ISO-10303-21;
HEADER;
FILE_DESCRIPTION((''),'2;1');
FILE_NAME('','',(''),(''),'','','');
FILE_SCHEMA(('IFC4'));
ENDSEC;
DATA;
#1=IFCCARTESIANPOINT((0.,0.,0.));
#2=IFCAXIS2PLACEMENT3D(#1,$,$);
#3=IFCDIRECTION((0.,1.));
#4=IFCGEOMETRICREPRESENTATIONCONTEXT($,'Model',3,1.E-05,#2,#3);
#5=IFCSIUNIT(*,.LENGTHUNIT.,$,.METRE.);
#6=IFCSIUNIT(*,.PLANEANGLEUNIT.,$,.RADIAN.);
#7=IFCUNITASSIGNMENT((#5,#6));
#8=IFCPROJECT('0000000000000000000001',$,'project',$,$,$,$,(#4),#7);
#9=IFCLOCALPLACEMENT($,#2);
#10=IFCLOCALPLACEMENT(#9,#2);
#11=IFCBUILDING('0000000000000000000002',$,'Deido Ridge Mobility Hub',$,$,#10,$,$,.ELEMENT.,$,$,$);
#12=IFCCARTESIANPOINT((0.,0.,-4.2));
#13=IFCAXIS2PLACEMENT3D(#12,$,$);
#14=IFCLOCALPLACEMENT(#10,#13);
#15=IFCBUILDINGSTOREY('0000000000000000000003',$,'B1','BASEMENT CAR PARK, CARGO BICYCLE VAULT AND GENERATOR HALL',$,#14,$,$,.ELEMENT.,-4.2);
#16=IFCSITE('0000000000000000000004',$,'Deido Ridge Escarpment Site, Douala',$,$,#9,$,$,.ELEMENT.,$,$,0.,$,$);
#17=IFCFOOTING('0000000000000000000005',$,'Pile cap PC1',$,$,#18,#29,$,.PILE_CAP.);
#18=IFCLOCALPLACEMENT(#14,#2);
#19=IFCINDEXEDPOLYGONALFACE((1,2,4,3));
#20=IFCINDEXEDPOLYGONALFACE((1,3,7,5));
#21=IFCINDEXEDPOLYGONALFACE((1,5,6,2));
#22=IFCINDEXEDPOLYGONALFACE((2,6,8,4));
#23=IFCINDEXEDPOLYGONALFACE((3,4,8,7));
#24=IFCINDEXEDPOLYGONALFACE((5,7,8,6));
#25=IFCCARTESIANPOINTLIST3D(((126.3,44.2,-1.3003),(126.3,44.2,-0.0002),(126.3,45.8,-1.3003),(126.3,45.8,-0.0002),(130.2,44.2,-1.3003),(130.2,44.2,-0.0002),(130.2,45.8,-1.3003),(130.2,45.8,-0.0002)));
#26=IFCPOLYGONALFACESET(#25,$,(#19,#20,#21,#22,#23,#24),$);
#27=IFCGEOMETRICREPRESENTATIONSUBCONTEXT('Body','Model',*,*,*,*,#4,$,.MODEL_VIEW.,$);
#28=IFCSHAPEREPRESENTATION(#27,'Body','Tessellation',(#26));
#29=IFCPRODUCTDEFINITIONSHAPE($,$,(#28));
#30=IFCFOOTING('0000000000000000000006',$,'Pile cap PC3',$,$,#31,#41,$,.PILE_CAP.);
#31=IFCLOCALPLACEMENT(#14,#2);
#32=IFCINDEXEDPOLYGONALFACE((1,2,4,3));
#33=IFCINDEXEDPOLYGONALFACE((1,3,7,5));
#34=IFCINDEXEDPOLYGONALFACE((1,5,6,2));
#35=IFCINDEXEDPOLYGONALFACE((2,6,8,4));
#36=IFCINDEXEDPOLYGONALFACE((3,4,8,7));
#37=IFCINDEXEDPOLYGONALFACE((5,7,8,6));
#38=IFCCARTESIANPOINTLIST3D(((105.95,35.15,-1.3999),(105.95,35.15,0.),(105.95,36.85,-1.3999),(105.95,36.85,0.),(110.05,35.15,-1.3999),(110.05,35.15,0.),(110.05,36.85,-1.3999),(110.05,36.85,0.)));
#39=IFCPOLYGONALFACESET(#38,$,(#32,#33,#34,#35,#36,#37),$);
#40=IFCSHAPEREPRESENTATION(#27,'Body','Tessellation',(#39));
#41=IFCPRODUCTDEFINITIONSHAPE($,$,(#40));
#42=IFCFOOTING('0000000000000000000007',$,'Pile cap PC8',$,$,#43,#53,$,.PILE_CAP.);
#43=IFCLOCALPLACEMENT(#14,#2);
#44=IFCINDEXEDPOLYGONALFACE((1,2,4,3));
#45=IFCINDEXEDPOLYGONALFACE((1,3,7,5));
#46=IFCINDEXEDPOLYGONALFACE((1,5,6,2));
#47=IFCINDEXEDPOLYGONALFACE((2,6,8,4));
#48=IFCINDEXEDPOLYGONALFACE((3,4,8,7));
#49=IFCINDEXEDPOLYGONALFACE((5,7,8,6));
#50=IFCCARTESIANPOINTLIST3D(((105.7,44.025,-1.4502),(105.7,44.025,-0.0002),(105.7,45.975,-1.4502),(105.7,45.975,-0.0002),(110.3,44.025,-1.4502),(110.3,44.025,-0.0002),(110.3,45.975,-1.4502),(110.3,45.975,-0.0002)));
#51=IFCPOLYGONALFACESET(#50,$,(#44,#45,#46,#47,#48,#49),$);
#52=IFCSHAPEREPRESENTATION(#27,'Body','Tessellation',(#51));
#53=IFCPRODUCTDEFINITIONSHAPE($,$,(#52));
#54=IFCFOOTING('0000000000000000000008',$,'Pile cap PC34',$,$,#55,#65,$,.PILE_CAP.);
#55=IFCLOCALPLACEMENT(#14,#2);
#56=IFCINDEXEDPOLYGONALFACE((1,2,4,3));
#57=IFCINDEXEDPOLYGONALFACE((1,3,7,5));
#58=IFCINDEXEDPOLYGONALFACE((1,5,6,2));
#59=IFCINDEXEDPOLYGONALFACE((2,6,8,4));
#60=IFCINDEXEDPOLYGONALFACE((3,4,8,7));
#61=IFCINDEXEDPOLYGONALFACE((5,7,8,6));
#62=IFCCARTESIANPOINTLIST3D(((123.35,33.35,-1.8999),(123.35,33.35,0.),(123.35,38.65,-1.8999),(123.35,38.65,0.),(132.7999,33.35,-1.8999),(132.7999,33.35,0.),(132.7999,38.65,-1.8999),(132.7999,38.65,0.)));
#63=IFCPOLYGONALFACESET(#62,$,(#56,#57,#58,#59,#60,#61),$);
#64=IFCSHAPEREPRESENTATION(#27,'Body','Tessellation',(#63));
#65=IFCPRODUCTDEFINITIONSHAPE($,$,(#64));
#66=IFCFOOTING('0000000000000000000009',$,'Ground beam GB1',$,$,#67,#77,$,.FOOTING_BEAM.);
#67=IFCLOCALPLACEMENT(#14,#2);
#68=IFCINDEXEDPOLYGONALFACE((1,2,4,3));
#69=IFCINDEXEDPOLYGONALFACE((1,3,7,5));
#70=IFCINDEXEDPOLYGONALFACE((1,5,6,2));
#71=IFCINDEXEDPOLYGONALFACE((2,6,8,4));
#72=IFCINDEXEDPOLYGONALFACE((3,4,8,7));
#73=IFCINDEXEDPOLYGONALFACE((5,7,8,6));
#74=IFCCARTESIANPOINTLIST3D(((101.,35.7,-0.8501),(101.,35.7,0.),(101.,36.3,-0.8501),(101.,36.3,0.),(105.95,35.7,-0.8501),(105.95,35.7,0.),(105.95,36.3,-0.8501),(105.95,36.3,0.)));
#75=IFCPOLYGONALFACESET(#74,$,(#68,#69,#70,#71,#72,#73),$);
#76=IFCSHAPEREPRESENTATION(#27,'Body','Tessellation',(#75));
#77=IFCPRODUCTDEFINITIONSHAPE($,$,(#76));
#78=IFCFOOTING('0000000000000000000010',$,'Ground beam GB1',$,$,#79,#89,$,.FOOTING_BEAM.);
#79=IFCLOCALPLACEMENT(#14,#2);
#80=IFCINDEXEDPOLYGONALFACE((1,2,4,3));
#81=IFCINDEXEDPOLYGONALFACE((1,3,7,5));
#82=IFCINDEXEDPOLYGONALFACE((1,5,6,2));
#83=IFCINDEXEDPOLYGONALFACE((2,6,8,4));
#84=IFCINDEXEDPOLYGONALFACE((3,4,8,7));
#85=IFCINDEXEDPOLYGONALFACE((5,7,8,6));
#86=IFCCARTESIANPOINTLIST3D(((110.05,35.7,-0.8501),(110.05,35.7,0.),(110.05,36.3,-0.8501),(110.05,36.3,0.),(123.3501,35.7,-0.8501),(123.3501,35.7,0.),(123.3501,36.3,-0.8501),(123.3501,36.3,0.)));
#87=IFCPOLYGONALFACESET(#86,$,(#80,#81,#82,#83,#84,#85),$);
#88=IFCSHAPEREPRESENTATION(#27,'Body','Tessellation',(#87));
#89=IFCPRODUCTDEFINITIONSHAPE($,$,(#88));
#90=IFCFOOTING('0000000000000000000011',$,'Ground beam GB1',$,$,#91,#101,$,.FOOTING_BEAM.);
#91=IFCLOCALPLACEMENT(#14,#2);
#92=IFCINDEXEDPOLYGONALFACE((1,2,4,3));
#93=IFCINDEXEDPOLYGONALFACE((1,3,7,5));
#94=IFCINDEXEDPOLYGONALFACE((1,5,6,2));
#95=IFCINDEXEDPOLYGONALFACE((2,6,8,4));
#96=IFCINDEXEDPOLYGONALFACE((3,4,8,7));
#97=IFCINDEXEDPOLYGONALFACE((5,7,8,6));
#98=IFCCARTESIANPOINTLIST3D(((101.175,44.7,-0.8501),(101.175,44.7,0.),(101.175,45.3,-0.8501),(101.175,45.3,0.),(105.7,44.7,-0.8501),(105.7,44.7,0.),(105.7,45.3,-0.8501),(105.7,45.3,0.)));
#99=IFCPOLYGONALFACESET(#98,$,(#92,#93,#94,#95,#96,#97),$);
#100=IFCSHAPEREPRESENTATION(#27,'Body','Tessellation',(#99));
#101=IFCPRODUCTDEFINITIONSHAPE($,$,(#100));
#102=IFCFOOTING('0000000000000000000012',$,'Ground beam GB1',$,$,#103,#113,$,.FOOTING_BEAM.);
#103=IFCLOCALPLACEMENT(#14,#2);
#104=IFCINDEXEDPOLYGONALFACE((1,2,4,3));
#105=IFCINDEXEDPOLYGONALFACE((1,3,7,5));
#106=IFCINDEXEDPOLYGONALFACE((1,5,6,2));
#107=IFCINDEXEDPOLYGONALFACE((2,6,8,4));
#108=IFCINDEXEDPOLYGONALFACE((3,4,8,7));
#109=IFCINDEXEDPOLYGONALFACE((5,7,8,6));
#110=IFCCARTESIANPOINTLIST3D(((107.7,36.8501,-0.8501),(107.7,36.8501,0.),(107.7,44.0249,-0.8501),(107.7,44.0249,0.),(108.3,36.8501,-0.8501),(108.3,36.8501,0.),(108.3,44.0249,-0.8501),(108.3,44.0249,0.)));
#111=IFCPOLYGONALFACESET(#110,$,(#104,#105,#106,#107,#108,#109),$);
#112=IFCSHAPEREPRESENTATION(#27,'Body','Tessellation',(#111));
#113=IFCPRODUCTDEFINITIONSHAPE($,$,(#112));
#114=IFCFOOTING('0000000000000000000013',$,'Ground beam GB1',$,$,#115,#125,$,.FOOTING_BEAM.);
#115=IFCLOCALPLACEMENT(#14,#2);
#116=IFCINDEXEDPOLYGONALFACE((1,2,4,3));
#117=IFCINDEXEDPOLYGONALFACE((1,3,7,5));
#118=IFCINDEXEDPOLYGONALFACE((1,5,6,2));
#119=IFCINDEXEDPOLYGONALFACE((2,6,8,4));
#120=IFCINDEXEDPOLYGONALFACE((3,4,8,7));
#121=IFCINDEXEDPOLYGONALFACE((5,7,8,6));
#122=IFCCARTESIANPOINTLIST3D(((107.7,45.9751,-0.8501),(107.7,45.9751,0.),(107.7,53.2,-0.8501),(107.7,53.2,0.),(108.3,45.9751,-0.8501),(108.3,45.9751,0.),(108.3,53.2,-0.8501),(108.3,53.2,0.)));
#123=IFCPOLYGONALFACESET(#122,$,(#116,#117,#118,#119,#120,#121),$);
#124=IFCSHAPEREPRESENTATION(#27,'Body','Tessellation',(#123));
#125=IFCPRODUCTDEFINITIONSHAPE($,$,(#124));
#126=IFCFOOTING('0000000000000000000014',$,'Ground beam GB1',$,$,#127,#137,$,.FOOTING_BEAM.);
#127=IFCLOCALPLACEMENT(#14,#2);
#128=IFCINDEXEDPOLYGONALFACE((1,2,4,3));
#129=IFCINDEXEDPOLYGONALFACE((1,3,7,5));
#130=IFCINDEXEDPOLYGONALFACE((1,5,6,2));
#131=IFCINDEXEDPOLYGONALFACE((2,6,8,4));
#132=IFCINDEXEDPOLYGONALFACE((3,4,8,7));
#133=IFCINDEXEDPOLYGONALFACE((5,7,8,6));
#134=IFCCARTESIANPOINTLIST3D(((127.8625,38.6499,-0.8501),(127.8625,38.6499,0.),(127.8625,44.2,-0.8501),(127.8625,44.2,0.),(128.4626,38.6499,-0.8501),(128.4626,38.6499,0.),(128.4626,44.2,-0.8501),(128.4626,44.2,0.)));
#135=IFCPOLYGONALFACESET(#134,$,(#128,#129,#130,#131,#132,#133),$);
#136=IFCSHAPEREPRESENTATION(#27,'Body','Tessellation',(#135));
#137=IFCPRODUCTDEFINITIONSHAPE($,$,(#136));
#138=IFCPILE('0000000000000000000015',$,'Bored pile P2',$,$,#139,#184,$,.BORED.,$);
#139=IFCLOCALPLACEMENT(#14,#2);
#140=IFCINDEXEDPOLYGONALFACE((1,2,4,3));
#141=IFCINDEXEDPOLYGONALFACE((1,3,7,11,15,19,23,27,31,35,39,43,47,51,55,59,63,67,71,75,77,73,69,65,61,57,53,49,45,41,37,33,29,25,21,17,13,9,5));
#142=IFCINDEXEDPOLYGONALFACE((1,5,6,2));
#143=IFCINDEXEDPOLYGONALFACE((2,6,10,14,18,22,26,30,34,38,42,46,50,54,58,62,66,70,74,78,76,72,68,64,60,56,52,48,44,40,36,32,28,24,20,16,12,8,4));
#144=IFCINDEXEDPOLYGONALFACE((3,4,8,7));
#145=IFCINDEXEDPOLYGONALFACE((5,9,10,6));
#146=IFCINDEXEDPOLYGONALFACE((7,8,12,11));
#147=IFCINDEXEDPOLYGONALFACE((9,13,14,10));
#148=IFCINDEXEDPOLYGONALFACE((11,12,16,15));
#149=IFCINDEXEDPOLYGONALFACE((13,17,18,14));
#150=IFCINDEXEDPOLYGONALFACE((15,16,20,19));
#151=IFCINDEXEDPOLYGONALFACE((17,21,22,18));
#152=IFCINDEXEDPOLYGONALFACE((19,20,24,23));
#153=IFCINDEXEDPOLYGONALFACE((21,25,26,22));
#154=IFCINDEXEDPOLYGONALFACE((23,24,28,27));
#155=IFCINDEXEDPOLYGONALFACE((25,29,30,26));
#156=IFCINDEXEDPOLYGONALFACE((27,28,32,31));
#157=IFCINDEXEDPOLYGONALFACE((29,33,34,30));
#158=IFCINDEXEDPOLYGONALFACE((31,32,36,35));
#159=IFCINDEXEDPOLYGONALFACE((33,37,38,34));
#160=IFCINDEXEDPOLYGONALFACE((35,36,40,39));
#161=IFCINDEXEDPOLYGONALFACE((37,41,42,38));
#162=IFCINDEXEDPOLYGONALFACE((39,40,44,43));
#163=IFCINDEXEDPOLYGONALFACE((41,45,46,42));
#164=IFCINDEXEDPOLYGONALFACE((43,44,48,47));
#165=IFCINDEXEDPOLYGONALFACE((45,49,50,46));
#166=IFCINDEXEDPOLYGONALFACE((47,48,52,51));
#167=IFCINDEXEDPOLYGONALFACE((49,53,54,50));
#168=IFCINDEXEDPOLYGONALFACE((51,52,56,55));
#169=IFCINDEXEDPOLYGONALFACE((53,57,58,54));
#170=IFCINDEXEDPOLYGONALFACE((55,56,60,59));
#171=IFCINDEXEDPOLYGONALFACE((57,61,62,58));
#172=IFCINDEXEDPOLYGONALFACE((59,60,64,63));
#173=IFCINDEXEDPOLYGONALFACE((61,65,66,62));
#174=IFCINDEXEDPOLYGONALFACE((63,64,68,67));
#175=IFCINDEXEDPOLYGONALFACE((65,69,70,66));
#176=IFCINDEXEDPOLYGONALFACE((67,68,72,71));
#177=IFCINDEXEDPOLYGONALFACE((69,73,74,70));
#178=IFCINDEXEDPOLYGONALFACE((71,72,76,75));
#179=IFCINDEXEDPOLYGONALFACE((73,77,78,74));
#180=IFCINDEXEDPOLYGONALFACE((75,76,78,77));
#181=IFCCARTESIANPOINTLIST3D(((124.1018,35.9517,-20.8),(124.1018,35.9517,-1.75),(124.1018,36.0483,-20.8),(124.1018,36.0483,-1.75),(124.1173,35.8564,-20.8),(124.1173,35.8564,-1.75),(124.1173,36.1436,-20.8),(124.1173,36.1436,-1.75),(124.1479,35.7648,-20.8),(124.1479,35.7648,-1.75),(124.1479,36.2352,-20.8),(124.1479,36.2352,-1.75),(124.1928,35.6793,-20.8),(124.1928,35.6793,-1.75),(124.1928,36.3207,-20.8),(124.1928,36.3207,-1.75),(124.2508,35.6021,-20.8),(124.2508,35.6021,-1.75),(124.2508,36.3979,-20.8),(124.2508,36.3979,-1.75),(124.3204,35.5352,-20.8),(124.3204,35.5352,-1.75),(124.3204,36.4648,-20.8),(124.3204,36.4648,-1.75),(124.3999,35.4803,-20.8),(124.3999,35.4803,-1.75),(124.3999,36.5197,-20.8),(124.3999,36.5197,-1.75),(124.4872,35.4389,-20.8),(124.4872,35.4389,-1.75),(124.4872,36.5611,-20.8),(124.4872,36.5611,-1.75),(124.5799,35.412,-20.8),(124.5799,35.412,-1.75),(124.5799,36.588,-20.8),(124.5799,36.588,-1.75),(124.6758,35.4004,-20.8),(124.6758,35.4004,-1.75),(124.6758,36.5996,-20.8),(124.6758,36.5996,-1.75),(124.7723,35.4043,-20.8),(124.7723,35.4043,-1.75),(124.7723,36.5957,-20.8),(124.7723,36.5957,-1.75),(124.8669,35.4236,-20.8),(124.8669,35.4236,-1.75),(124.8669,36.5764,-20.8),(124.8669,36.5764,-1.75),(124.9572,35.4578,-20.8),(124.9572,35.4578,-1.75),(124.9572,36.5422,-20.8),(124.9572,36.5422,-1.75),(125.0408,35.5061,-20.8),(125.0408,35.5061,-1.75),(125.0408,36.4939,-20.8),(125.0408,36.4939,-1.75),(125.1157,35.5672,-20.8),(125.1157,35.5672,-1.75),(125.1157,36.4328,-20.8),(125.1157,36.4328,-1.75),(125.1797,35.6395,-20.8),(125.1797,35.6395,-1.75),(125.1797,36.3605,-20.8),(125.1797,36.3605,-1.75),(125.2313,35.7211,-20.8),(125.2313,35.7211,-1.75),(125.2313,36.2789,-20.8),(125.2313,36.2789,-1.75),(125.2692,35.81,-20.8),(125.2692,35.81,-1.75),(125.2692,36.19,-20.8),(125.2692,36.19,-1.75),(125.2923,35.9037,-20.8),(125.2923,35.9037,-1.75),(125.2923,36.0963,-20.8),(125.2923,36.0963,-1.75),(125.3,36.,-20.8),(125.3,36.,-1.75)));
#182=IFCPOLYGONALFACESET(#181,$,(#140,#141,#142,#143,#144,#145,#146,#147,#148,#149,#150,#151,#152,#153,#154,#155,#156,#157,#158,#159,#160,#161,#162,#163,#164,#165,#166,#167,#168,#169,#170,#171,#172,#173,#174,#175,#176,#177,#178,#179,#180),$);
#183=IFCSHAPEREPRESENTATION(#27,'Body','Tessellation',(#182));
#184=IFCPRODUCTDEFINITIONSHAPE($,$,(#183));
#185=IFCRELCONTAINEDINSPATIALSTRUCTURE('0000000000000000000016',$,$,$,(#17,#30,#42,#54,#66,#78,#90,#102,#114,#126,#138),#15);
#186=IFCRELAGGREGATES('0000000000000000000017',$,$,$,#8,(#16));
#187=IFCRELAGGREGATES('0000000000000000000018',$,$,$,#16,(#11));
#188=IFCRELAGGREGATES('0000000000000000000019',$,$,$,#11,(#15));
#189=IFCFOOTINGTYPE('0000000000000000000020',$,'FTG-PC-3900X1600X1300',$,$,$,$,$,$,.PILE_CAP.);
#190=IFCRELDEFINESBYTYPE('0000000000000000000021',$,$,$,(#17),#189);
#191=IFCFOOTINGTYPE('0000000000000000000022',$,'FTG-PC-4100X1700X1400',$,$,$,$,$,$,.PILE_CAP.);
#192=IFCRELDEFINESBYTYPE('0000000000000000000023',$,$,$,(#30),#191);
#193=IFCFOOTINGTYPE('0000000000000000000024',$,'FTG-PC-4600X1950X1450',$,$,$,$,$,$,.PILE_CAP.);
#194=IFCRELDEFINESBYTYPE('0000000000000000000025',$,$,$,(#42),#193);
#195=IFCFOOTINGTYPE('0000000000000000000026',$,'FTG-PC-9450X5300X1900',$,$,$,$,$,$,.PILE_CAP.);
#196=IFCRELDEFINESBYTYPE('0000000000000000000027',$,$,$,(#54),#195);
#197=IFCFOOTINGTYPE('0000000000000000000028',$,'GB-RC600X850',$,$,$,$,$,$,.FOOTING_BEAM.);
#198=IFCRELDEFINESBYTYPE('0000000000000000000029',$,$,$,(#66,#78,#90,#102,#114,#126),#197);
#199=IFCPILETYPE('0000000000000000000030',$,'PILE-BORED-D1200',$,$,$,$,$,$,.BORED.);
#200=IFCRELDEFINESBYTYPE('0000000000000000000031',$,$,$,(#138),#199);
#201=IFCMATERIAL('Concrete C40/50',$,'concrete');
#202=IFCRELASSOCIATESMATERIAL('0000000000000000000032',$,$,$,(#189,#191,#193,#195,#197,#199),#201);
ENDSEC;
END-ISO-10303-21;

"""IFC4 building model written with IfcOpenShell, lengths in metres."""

from ifc_helpers import new_model, si_unit, direction, frame, origin, origin_2d, place, context, subcontext, project, spatial, rectangle, circle, extrude, material, material_profile, profile_set, type_object, element, save


model = new_model("IFC4")

# Units and contexts
model_context = context("Model", 3, precision=1e-05, world=origin(), true_north=direction((0.0, 1.0)))
body_context = subcontext(model_context, "Body", "Model", "MODEL_VIEW")
ifc_project = project(units=[si_unit("LENGTHUNIT", "METRE"), si_unit("PLANEANGLEUNIT", "RADIAN")], contexts=[model_context])

# Site, building, storey
site_placement = place(None, origin())
site = spatial("IfcSite", under=ifc_project, at=site_placement, Name="Deido Ridge Escarpment Site, Douala", CompositionType="ELEMENT", RefElevation=0.0)
building_placement = place(site_placement, origin())
building = spatial("IfcBuilding", under=site, at=building_placement, Name="Deido Ridge Mobility Hub", CompositionType="ELEMENT")
storey_placement = place(building_placement, frame((0.0, 0.0, -4.2)))
storey = spatial("IfcBuildingStorey", under=building, at=storey_placement, Name="B1", Description="BASEMENT CAR PARK, CARGO BICYCLE VAULT AND GENERATOR HALL", CompositionType="ELEMENT", Elevation=-4.2)

# Footings
ifc_material_1 = material(Name="Concrete C40/50", Category="concrete")
footing_type_1 = type_object("IfcFootingType", Name="FTG-PC-3900X1600X1300", PredefinedType="PILE_CAP", material=ifc_material_1)
footing_1_placement = place(storey_placement, frame((128.25, 45.0, -1.3003), z_axis=(0.0, 0.0, 1.0), x_axis=(1.0, 0.0, 0.0)))
element("IfcFooting", 1, at=footing_1_placement, inside=storey, type_object=footing_type_1, Name="Pile cap PC1", PredefinedType="PILE_CAP", context=body_context, shape_type="SweptSolid", body=[
    extrude(rectangle(XDim=3.8999, YDim=1.6001, at=origin_2d()), origin(), (0.0, 0.0, 1.0), 1.3),
])
footing_type_2 = type_object("IfcFootingType", Name="FTG-PC-4100X1700X1400", PredefinedType="PILE_CAP", material=ifc_material_1)
footing_2_placement = place(storey_placement, frame((108.0, 36.0, -1.3999), z_axis=(0.0, 0.0, 1.0), x_axis=(1.0, 0.0, 0.0)))
element("IfcFooting", 2, at=footing_2_placement, inside=storey, type_object=footing_type_2, Name="Pile cap PC3", PredefinedType="PILE_CAP", context=body_context, shape_type="SweptSolid", body=[
    extrude(rectangle(XDim=4.1001, YDim=1.7, at=origin_2d()), origin(), (0.0, 0.0, 1.0), 1.3999),
])
footing_type_3 = type_object("IfcFootingType", Name="FTG-PC-4600X1950X1450", PredefinedType="PILE_CAP", material=ifc_material_1)
footing_3_placement = place(storey_placement, frame((108.0, 45.0, -1.4502), z_axis=(0.0, 0.0, 1.0), x_axis=(1.0, 0.0, 0.0)))
element("IfcFooting", 3, at=footing_3_placement, inside=storey, type_object=footing_type_3, Name="Pile cap PC8", PredefinedType="PILE_CAP", context=body_context, shape_type="SweptSolid", body=[
    extrude(rectangle(XDim=4.6001, YDim=1.95, at=origin_2d()), origin(), (0.0, 0.0, 1.0), 1.45),
])
footing_type_4 = type_object("IfcFootingType", Name="FTG-PC-9450X5300X1900", PredefinedType="PILE_CAP", material=ifc_material_1)
footing_4_placement = place(storey_placement, frame((128.075, 36.0, -1.8999), z_axis=(0.0, 0.0, 1.0), x_axis=(1.0, 0.0, 0.0)))
element("IfcFooting", 4, at=footing_4_placement, inside=storey, type_object=footing_type_4, Name="Pile cap PC34", PredefinedType="PILE_CAP", context=body_context, shape_type="SweptSolid", body=[
    extrude(rectangle(XDim=9.45, YDim=5.3, at=origin_2d()), origin(), (0.0, 0.0, 1.0), 1.8999),
])
ifc_material_profile_1 = material_profile(ifc_material_1, rectangle(XDim=0.6001, YDim=0.8501, at=origin_2d()), Name="RC GB 600x850")
ifc_profile_set_1 = profile_set([ifc_material_profile_1], Name="Concrete C40/50")
footing_type_5 = type_object("IfcFootingType", Name="GB-RC600X850", PredefinedType="FOOTING_BEAM", material=ifc_profile_set_1)
footing_5_placement = place(storey_placement, frame((101.0, 36.0, -0.425), z_axis=(1.0, 0.0, 0.0), x_axis=(0.0, 1.0, 0.0)))
element("IfcFooting", 5, at=footing_5_placement, inside=storey, type_object=footing_type_5, Name="Ground beam GB1", PredefinedType="FOOTING_BEAM", context=body_context, shape_type="SweptSolid", body=[
    extrude(rectangle(XDim=0.6001, YDim=0.8501, at=origin_2d()), origin(), (0.0, 0.0, 1.0), 4.95),
])
footing_6_placement = place(storey_placement, frame((110.05, 36.0, -0.425), z_axis=(1.0, 0.0, 0.0), x_axis=(0.0, 1.0, 0.0)))
element("IfcFooting", 6, at=footing_6_placement, inside=storey, type_object=footing_type_5, Name="Ground beam GB1", PredefinedType="FOOTING_BEAM", context=body_context, shape_type="SweptSolid", body=[
    extrude(rectangle(XDim=0.6001, YDim=0.8501, at=origin_2d()), origin(), (0.0, 0.0, 1.0), 13.3),
])
footing_7_placement = place(storey_placement, frame((101.175, 45.0, -0.425), z_axis=(1.0, 0.0, 0.0), x_axis=(0.0, 1.0, 0.0)))
element("IfcFooting", 7, at=footing_7_placement, inside=storey, type_object=footing_type_5, Name="Ground beam GB1", PredefinedType="FOOTING_BEAM", context=body_context, shape_type="SweptSolid", body=[
    extrude(rectangle(XDim=0.6001, YDim=0.8501, at=origin_2d()), origin(), (0.0, 0.0, 1.0), 4.5249),
])
footing_8_placement = place(storey_placement, frame((108.0, 36.8501, -0.425), z_axis=(0.0, 1.0, 0.0), x_axis=(-1.0, 0.0, 0.0)))
element("IfcFooting", 8, at=footing_8_placement, inside=storey, type_object=footing_type_5, Name="Ground beam GB1", PredefinedType="FOOTING_BEAM", context=body_context, shape_type="SweptSolid", body=[
    extrude(rectangle(XDim=0.6001, YDim=0.8501, at=origin_2d()), origin(), (0.0, 0.0, 1.0), 7.1748),
])
footing_9_placement = place(storey_placement, frame((108.0, 45.9751, -0.425), z_axis=(0.0, 1.0, 0.0), x_axis=(-1.0, 0.0, 0.0)))
element("IfcFooting", 9, at=footing_9_placement, inside=storey, type_object=footing_type_5, Name="Ground beam GB1", PredefinedType="FOOTING_BEAM", context=body_context, shape_type="SweptSolid", body=[
    extrude(rectangle(XDim=0.6001, YDim=0.8501, at=origin_2d()), origin(), (0.0, 0.0, 1.0), 7.2249),
])
footing_10_placement = place(storey_placement, frame((128.1626, 38.6499, -0.425), z_axis=(0.0, 1.0, 0.0), x_axis=(-1.0, 0.0, 0.0)))
element("IfcFooting", 10, at=footing_10_placement, inside=storey, type_object=footing_type_5, Name="Ground beam GB1", PredefinedType="FOOTING_BEAM", context=body_context, shape_type="SweptSolid", body=[
    extrude(rectangle(XDim=0.6001, YDim=0.8501, at=origin_2d()), origin(), (0.0, 0.0, 1.0), 5.55),
])

# Pile
ifc_material_profile_2 = material_profile(ifc_material_1, circle(Radius=0.6001, at=origin_2d()), Name="BORED PILE D1200")
ifc_profile_set_2 = profile_set([ifc_material_profile_2], Name="Concrete C40/50")
pile_type_1 = type_object("IfcPileType", Name="PILE-BORED-D1200", PredefinedType="BORED", material=ifc_profile_set_2)
pile_1_placement = place(storey_placement, frame((124.7, 36.0, -1.75), z_axis=(0.0, 0.0, -1.0), x_axis=(1.0, 0.0, 0.0)))
element("IfcPile", 11, at=pile_1_placement, inside=storey, type_object=pile_type_1, Name="Bored pile P2", PredefinedType="BORED", context=body_context, shape_type="SweptSolid", body=[
    extrude(circle(Radius=0.6001, at=origin_2d()), origin(), (0.0, 0.0, 1.0), 19.05),
])

save(model, "model.ifc")
